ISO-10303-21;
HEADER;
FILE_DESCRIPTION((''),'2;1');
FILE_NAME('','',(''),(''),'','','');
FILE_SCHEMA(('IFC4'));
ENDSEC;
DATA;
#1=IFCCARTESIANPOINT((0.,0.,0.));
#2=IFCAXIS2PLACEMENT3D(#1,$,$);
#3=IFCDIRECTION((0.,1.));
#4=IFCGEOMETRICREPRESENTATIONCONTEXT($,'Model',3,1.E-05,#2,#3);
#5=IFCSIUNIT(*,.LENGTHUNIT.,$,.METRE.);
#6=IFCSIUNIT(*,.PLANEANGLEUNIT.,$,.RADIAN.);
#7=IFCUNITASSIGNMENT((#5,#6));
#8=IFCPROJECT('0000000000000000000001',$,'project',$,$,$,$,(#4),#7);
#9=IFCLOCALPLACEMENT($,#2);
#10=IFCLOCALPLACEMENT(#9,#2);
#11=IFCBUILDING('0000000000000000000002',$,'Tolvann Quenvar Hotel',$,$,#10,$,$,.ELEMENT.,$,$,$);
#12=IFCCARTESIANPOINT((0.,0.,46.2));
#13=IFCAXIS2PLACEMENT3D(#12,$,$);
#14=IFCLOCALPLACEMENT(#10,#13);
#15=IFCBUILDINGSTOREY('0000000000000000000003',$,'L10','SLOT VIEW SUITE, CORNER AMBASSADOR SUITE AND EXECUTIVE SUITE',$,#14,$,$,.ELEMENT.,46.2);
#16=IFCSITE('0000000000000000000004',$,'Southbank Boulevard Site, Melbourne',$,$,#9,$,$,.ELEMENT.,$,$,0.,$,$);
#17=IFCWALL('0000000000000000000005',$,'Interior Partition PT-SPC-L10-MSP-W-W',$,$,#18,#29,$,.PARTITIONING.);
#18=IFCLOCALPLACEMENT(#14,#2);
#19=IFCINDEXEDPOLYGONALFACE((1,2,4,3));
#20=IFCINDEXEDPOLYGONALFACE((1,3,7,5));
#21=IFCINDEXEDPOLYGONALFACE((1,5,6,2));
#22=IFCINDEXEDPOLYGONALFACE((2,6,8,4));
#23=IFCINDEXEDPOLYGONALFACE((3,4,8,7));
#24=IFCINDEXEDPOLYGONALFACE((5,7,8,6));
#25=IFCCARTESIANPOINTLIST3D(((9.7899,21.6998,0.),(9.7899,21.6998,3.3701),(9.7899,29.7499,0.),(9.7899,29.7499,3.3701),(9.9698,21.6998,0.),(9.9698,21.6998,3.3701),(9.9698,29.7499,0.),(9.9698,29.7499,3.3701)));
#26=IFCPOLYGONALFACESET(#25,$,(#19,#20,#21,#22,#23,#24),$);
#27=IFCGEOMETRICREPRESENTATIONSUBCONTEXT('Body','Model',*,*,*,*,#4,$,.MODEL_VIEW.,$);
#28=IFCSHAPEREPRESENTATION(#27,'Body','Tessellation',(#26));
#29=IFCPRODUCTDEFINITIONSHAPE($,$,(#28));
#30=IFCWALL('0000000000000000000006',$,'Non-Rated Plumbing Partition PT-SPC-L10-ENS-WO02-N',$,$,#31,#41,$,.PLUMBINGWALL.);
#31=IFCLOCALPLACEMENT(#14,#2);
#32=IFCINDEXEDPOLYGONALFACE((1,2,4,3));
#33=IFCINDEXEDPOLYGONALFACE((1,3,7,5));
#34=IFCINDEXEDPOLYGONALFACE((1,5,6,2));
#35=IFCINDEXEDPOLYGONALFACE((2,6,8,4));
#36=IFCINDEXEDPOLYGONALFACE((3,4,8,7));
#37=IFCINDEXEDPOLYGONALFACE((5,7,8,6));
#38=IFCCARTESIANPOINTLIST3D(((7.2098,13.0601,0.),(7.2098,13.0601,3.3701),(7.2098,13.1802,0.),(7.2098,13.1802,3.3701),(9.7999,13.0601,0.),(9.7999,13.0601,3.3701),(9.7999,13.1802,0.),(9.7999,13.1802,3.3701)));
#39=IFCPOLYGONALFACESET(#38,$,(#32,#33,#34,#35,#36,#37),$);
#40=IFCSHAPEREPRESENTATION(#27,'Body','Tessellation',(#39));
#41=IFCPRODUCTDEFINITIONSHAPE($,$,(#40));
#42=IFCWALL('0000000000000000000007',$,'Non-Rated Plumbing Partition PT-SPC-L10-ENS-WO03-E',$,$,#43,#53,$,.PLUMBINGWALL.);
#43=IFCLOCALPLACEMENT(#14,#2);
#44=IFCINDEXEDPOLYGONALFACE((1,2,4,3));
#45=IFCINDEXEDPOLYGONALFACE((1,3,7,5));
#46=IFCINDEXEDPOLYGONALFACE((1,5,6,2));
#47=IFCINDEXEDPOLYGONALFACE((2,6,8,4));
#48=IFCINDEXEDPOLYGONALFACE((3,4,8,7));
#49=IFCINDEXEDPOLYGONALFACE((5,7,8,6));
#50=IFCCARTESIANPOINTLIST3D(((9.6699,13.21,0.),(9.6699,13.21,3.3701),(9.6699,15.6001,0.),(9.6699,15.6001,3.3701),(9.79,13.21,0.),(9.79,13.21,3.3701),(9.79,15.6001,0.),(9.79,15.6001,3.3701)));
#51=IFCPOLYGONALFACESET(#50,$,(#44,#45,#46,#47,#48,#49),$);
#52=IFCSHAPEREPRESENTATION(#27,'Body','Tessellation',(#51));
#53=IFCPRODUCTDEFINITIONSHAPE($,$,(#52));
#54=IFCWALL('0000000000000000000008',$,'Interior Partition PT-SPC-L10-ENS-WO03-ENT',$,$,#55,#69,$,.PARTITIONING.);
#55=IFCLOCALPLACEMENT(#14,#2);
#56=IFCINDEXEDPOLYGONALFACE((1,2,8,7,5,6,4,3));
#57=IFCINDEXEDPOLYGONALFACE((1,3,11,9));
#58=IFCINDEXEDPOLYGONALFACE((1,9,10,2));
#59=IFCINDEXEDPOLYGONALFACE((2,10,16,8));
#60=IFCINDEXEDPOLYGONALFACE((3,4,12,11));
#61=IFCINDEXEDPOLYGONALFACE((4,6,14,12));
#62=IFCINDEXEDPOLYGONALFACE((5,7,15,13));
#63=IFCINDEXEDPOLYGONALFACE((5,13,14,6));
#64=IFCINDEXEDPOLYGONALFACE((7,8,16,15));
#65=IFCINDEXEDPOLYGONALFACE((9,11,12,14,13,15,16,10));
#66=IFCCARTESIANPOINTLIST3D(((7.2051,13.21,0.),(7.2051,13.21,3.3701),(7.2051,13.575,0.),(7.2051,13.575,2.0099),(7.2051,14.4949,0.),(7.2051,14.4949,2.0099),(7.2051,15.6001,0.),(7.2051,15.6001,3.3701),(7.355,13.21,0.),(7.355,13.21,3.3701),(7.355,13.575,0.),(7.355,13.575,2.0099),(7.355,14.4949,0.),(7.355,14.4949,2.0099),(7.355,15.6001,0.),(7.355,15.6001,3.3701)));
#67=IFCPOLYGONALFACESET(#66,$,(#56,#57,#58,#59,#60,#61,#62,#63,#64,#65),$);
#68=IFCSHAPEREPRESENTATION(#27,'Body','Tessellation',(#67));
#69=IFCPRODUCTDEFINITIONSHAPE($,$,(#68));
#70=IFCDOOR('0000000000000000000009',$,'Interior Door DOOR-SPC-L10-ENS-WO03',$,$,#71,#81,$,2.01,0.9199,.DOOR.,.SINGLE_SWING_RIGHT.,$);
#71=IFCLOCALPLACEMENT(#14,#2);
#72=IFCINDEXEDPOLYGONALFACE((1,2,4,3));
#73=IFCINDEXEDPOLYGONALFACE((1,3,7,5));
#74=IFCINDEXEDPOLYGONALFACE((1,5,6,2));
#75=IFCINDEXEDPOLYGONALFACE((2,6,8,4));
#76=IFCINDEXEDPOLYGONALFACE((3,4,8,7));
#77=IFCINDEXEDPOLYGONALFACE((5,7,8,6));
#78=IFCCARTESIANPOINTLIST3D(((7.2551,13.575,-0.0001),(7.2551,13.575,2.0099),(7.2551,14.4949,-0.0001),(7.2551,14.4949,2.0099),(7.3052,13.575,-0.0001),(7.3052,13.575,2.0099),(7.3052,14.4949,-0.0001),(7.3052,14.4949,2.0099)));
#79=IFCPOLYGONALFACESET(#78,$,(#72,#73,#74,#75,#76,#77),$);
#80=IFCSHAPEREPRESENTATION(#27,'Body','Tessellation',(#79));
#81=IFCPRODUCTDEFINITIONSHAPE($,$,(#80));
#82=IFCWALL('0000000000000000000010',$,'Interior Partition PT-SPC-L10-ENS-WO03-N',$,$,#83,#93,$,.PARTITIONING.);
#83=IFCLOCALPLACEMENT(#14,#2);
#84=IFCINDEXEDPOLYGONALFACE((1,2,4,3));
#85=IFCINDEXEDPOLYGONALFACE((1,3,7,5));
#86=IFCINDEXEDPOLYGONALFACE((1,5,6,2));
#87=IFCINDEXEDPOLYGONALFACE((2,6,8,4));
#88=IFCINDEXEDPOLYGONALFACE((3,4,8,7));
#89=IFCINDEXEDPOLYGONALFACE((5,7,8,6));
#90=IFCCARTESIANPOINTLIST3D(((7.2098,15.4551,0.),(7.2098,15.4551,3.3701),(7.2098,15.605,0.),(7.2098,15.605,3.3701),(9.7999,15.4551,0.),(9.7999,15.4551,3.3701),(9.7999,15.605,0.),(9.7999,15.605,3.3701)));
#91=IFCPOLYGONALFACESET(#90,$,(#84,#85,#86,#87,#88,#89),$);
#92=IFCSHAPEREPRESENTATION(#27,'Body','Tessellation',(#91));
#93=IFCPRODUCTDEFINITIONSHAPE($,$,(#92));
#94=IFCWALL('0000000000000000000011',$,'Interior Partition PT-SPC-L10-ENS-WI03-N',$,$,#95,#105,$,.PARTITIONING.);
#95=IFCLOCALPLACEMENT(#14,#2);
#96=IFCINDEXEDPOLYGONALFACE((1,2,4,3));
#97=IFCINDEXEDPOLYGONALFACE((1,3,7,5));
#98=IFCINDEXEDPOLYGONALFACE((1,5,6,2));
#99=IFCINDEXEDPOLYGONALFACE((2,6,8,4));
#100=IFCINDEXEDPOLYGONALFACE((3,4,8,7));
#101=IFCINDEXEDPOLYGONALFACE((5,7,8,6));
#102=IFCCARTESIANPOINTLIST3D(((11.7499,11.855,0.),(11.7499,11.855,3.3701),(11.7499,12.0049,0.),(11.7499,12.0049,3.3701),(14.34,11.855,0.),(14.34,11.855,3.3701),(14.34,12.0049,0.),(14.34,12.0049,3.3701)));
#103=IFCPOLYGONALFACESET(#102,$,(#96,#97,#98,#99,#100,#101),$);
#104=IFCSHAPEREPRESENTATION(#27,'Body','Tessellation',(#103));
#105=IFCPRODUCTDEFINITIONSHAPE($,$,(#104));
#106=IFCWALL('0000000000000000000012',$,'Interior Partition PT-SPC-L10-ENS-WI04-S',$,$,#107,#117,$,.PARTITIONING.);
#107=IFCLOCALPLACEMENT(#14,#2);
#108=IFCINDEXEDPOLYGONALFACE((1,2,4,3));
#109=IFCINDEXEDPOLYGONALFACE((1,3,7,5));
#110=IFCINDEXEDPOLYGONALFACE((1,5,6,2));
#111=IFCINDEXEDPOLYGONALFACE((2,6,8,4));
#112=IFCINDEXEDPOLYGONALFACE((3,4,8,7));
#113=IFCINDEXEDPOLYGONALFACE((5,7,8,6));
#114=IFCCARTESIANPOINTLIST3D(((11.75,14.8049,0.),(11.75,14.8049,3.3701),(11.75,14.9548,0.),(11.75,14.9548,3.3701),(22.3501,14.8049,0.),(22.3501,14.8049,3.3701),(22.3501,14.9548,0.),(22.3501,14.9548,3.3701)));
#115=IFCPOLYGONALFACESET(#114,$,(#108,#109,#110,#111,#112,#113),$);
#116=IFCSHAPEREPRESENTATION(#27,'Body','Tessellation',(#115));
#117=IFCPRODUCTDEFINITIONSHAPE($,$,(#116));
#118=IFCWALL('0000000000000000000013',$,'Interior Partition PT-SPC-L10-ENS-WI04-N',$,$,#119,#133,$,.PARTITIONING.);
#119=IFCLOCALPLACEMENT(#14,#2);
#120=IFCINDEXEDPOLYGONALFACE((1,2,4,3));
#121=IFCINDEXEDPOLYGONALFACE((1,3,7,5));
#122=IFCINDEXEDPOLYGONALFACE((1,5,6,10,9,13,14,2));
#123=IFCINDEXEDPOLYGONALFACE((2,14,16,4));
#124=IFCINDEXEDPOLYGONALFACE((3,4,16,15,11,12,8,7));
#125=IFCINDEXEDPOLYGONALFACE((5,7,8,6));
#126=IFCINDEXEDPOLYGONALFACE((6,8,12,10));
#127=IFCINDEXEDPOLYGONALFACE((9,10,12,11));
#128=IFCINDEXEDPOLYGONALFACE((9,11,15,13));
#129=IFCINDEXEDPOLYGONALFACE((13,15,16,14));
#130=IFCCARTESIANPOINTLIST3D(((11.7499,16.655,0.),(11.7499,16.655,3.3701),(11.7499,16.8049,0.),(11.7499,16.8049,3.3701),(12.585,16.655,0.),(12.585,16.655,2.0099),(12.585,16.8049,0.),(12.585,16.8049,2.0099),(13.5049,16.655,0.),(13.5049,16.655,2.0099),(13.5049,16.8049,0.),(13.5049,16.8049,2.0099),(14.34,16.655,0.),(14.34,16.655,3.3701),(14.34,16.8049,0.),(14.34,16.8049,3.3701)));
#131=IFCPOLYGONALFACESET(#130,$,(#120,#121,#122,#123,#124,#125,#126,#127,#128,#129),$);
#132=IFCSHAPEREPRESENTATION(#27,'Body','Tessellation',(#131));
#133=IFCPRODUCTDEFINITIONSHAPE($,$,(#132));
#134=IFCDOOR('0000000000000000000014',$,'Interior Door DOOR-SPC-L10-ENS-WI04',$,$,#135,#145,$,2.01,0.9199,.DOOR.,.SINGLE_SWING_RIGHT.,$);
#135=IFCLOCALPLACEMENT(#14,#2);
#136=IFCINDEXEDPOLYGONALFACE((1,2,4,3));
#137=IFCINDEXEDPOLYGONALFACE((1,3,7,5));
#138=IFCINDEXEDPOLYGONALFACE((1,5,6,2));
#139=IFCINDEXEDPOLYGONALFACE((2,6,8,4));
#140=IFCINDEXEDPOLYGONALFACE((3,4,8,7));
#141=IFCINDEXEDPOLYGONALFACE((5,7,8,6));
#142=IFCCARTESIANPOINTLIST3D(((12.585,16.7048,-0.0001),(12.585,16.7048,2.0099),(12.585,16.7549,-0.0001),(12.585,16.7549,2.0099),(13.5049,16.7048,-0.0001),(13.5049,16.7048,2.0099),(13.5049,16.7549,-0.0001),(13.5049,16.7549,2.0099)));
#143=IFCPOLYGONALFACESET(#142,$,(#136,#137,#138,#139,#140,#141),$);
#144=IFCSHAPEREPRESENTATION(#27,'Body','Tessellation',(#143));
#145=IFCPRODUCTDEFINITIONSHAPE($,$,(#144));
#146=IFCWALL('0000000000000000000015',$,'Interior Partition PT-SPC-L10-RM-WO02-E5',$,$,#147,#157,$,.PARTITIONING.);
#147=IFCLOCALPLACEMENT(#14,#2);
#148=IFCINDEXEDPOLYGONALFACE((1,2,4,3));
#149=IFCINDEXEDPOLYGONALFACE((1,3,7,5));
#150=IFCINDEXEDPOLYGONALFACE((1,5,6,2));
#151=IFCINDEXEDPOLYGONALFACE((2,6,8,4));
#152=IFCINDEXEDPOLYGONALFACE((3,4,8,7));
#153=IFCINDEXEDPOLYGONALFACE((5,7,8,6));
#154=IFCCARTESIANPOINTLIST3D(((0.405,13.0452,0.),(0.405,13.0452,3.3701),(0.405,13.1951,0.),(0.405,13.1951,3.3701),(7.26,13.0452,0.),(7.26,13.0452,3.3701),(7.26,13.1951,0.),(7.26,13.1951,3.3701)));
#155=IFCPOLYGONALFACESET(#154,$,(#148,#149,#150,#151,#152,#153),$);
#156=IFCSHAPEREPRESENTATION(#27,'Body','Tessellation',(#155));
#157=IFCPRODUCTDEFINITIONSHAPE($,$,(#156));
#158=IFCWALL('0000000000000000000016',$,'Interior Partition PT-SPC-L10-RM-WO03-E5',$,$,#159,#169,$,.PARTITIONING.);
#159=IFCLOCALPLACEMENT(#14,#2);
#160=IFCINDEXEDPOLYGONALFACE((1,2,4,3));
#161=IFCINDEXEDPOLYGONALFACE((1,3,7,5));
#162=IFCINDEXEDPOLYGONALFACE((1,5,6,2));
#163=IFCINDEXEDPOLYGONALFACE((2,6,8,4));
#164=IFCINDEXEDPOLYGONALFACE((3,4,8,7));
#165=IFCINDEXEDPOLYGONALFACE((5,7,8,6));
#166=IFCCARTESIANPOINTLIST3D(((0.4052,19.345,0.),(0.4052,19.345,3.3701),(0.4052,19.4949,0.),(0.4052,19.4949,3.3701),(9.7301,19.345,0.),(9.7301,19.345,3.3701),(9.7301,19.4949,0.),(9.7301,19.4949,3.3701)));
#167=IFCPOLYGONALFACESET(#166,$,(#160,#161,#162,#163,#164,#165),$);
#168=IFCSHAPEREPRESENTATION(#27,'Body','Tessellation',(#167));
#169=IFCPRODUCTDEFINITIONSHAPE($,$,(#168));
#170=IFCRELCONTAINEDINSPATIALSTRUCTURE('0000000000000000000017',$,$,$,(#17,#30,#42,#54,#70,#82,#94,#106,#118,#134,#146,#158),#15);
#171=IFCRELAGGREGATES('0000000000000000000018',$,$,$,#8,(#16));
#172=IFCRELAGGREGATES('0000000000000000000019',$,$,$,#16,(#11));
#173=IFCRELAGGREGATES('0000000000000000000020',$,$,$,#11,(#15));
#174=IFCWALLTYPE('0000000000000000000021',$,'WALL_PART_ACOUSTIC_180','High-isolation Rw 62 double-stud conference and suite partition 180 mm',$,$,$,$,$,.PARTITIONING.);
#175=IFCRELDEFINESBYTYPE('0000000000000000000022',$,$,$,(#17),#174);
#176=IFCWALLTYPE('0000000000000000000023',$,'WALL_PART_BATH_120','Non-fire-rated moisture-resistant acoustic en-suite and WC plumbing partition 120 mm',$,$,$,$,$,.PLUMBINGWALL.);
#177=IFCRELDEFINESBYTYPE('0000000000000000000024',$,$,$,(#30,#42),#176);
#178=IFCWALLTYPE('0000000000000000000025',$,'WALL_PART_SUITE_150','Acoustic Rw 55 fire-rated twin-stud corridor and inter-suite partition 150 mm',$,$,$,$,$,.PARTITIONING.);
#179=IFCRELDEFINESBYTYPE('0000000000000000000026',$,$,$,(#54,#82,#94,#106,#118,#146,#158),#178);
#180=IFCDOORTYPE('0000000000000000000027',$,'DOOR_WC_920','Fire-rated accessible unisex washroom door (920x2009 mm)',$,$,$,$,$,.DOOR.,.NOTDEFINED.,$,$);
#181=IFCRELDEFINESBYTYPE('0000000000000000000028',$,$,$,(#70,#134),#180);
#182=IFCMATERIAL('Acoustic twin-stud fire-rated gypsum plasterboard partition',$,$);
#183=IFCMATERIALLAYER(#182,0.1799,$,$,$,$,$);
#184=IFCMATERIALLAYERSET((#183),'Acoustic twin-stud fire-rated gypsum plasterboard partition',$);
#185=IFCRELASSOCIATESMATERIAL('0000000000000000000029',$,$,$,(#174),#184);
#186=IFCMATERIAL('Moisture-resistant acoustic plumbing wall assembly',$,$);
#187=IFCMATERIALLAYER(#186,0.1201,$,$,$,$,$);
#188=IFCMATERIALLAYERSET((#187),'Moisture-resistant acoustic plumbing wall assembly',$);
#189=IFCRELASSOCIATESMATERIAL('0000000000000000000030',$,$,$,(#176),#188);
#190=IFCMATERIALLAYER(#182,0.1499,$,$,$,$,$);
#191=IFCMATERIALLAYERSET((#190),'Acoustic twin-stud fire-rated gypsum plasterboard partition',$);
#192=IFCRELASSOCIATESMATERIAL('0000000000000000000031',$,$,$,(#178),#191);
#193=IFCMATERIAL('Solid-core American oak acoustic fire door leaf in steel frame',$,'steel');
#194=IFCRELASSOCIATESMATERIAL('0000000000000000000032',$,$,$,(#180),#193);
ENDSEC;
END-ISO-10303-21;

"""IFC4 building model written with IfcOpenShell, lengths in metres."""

from ifc_helpers import new_model, si_unit, direction, frame, frame_2d, origin, place, context, subcontext, project, spatial, rectangle, extrude, source, transform, mapped, material, layer, layer_set, type_object, type_shapes, element, fill, save


model = new_model("IFC4")

# Units and contexts
model_context = context("Model", 3, precision=1e-05, world=origin(), true_north=direction((0.0, 1.0)))
body_context = subcontext(model_context, "Body", "Model", "MODEL_VIEW")
ifc_project = project(units=[si_unit("LENGTHUNIT", "METRE"), si_unit("PLANEANGLEUNIT", "RADIAN")], contexts=[model_context])

# Site, building, storey
site_placement = place(None, origin())
site = spatial("IfcSite", under=ifc_project, at=site_placement, Name="Southbank Boulevard Site, Melbourne", CompositionType="ELEMENT", RefElevation=0.0)
building_placement = place(site_placement, origin())
building = spatial("IfcBuilding", under=site, at=building_placement, Name="Tolvann Quenvar Hotel", CompositionType="ELEMENT")
storey_placement = place(building_placement, frame((0.0, 0.0, 46.2)))
storey = spatial("IfcBuildingStorey", under=building, at=storey_placement, Name="L10", Description="SLOT VIEW SUITE, CORNER AMBASSADOR SUITE AND EXECUTIVE SUITE", CompositionType="ELEMENT", Elevation=46.2)

# Shared definitions
ifc_material_1 = material(Name="Acoustic twin-stud fire-rated gypsum plasterboard partition")
ifc_layer_1 = layer(ifc_material_1, 0.1799)
ifc_layer_set_1 = layer_set([ifc_layer_1], Name="Acoustic twin-stud fire-rated gypsum plasterboard partition")
wall_type_1 = type_object("IfcWallType", Name="WALL_PART_ACOUSTIC_180", Description="High-isolation Rw 62 double-stud conference and suite partition 180 mm", PredefinedType="PARTITIONING", material=ifc_layer_set_1)
ifc_material_2 = material(Name="Solid-core American oak acoustic fire door leaf in steel frame", Category="steel")

# Walls
wall_1_placement = place(storey_placement, frame((9.8799, 21.7, 0.0), z_axis=(0.0, 0.0, 1.0), x_axis=(0.0, 1.0, 0.0)))
element("IfcWall", 1, at=wall_1_placement, inside=storey, type_object=wall_type_1, Name="Interior Partition PT-SPC-L10-MSP-W-W", PredefinedType="PARTITIONING", context=body_context, shape_type="SweptSolid", body=[
    extrude(rectangle(XDim=8.05, YDim=0.1799, at=frame_2d((4.0249, 0.0))), origin(), (0.0, 0.0, 1.0), 3.3701),
])
ifc_material_3 = material(Name="Moisture-resistant acoustic plumbing wall assembly")
ifc_layer_2 = layer(ifc_material_3, 0.1201)
ifc_layer_set_2 = layer_set([ifc_layer_2], Name="Moisture-resistant acoustic plumbing wall assembly")
wall_type_2 = type_object("IfcWallType", Name="WALL_PART_BATH_120", Description="Non-fire-rated moisture-resistant acoustic en-suite and WC plumbing partition 120 mm", PredefinedType="PLUMBINGWALL", material=ifc_layer_set_2)
wall_2_placement = place(storey_placement, frame((7.21, 13.1201, 0.0), z_axis=(0.0, 0.0, 1.0), x_axis=(1.0, 0.0, 0.0)))
element("IfcWall", 2, at=wall_2_placement, inside=storey, type_object=wall_type_2, Name="Non-Rated Plumbing Partition PT-SPC-L10-ENS-WO02-N", PredefinedType="PLUMBINGWALL", context=body_context, shape_type="SweptSolid", body=[
    extrude(rectangle(XDim=2.5901, YDim=0.1201, at=frame_2d((1.2949, 0.0))), origin(), (0.0, 0.0, 1.0), 3.3701),
])
wall_3_placement = place(storey_placement, frame((9.73, 13.21, 0.0), z_axis=(0.0, 0.0, 1.0), x_axis=(0.0, 1.0, 0.0)))
element("IfcWall", 3, at=wall_3_placement, inside=storey, type_object=wall_type_2, Name="Non-Rated Plumbing Partition PT-SPC-L10-ENS-WO03-E", PredefinedType="PLUMBINGWALL", context=body_context, shape_type="SweptSolid", body=[
    extrude(rectangle(XDim=2.3901, YDim=0.1201, at=frame_2d((1.1951, 0.0))), origin(), (0.0, 0.0, 1.0), 3.3701),
])

# Wall, opening, door
ifc_layer_3 = layer(ifc_material_1, 0.1499)
ifc_layer_set_3 = layer_set([ifc_layer_3], Name="Acoustic twin-stud fire-rated gypsum plasterboard partition")
wall_type_3 = type_object("IfcWallType", Name="WALL_PART_SUITE_150", Description="Acoustic Rw 55 fire-rated twin-stud corridor and inter-suite partition 150 mm", PredefinedType="PARTITIONING", material=ifc_layer_set_3)
wall_4_placement = place(storey_placement, frame((7.28, 13.21, 0.0), z_axis=(0.0, 0.0, 1.0), x_axis=(0.0, 1.0, 0.0)))
wall_4 = element("IfcWall", 4, at=wall_4_placement, inside=storey, type_object=wall_type_3, Name="Interior Partition PT-SPC-L10-ENS-WO03-ENT", PredefinedType="PARTITIONING", context=body_context, shape_type="SweptSolid", body=[
    extrude(rectangle(XDim=2.3901, YDim=0.1499, at=frame_2d((1.1951, 0.0))), origin(), (0.0, 0.0, 1.0), 3.3701),
])
opening_1_placement = place(wall_4_placement, frame((0.365, 0.0, 0.0)))
opening_1 = element("IfcOpeningElement", 5, at=opening_1_placement, cuts=wall_4, PredefinedType="OPENING", context=body_context, shape_type="SweptSolid", body=[
    extrude(rectangle(XDim=0.9199, YDim=2.01, at=frame_2d((0.46, 1.0049))), frame((0.0, 0.085, 0.0), z_axis=(0.0, -1.0, 0.0), x_axis=(1.0, 0.0, 0.0)), (0.0, 0.0, 1.0), 0.1699),
])
door_type_1 = type_object("IfcDoorType", Name="DOOR_WC_920", Description="Fire-rated accessible unisex washroom door (920x2009 mm)", OperationType="NOTDEFINED", PredefinedType="DOOR", material=ifc_material_2)
shared_shape_1 = source(origin(), body_context, "Body", "SweptSolid", [
    extrude(rectangle(XDim=0.9199, YDim=2.01, at=frame_2d((0.46, 1.0049))), frame((0.0, 0.0249, 0.0), z_axis=(0.0, -1.0, 0.0), x_axis=(1.0, 0.0, 0.0)), (0.0, 0.0, 1.0), 0.05),
])
type_shapes(door_type_1, [shared_shape_1])
door_1_placement = place(opening_1_placement, origin())
door_1 = element("IfcDoor", 6, at=door_1_placement, inside=storey, type_object=door_type_1, Name="Interior Door DOOR-SPC-L10-ENS-WO03", OperationType="SINGLE_SWING_RIGHT", OverallHeight=2.01, OverallWidth=0.9199, PredefinedType="DOOR", context=body_context, shape_type="MappedRepresentation", body=[
    mapped(shared_shape_1, transform((0.0, 0.0, 0.0), x_axis=(1.0, 0.0, 0.0), y_axis=(0.0, 1.0, 0.0), z_axis=(0.0, 0.0, 1.0), scale=1.0)),
])
fill(opening_1, door_1)

# Walls
for number, where, z_axis, x_axis, name in (
    (7, (7.21, 15.53, 0.0), (0.0, 0.0, 1.0), (1.0, 0.0, 0.0), "Interior Partition PT-SPC-L10-ENS-WO03-N"),
    (8, (11.75, 11.9299, 0.0), (0.0, 0.0, 1.0), (1.0, 0.0, 0.0), "Interior Partition PT-SPC-L10-ENS-WI03-N"),
):
    element("IfcWall", number, at=place(storey_placement, frame(where, z_axis=z_axis, x_axis=x_axis)), inside=storey, type_object=wall_type_3, Name=name, PredefinedType="PARTITIONING", context=body_context, shape_type="SweptSolid", body=[
        extrude(rectangle(XDim=2.5901, YDim=0.1499, at=frame_2d((1.2949, 0.0))), origin(), (0.0, 0.0, 1.0), 3.3701),
    ])
wall_5_placement = place(storey_placement, frame((11.75, 14.8799, 0.0), z_axis=(0.0, 0.0, 1.0), x_axis=(1.0, 0.0, 0.0)))
element("IfcWall", 9, at=wall_5_placement, inside=storey, type_object=wall_type_3, Name="Interior Partition PT-SPC-L10-ENS-WI04-S", PredefinedType="PARTITIONING", context=body_context, shape_type="SweptSolid", body=[
    extrude(rectangle(XDim=10.6001, YDim=0.1499, at=frame_2d((5.3, 0.0))), origin(), (0.0, 0.0, 1.0), 3.3701),
])

# Wall, opening, door
wall_6_placement = place(storey_placement, frame((11.75, 16.73, 0.0), z_axis=(0.0, 0.0, 1.0), x_axis=(1.0, 0.0, 0.0)))
wall_6 = element("IfcWall", 10, at=wall_6_placement, inside=storey, type_object=wall_type_3, Name="Interior Partition PT-SPC-L10-ENS-WI04-N", PredefinedType="PARTITIONING", context=body_context, shape_type="SweptSolid", body=[
    extrude(rectangle(XDim=2.5901, YDim=0.1499, at=frame_2d((1.2949, 0.0))), origin(), (0.0, 0.0, 1.0), 3.3701),
])
opening_2_placement = place(wall_6_placement, frame((0.835, 0.0, 0.0)))
opening_2 = element("IfcOpeningElement", 11, at=opening_2_placement, cuts=wall_6, PredefinedType="OPENING", context=body_context, shape_type="SweptSolid", body=[
    extrude(rectangle(XDim=0.9199, YDim=2.01, at=frame_2d((0.46, 1.0049))), frame((0.0, 0.085, 0.0), z_axis=(0.0, -1.0, 0.0), x_axis=(1.0, 0.0, 0.0)), (0.0, 0.0, 1.0), 0.1699),
])
door_2_placement = place(opening_2_placement, origin())
door_2 = element("IfcDoor", 12, at=door_2_placement, inside=storey, type_object=door_type_1, Name="Interior Door DOOR-SPC-L10-ENS-WI04", OperationType="SINGLE_SWING_RIGHT", OverallHeight=2.01, OverallWidth=0.9199, PredefinedType="DOOR", context=body_context, shape_type="MappedRepresentation", body=[
    mapped(shared_shape_1, transform((0.0, 0.0, 0.0), x_axis=(1.0, 0.0, 0.0), y_axis=(0.0, 1.0, 0.0), z_axis=(0.0, 0.0, 1.0), scale=1.0)),
])
fill(opening_2, door_2)

# Wall
wall_7_placement = place(storey_placement, frame((0.405, 13.1201, 0.0), z_axis=(0.0, 0.0, 1.0), x_axis=(1.0, 0.0, 0.0)))
element("IfcWall", 13, at=wall_7_placement, inside=storey, type_object=wall_type_3, Name="Interior Partition PT-SPC-L10-RM-WO02-E5", PredefinedType="PARTITIONING", context=body_context, shape_type="SweptSolid", body=[
    extrude(rectangle(XDim=6.855, YDim=0.1499, at=frame_2d((3.4275, 0.0))), origin(), (0.0, 0.0, 1.0), 3.3701),
])

# Wall
wall_8_placement = place(storey_placement, frame((0.405, 19.4199, 0.0), z_axis=(0.0, 0.0, 1.0), x_axis=(1.0, 0.0, 0.0)))
element("IfcWall", 14, at=wall_8_placement, inside=storey, type_object=wall_type_3, Name="Interior Partition PT-SPC-L10-RM-WO03-E5", PredefinedType="PARTITIONING", context=body_context, shape_type="SweptSolid", body=[
    extrude(rectangle(XDim=9.325, YDim=0.1499, at=frame_2d((4.6626, 0.0))), origin(), (0.0, 0.0, 1.0), 3.3701),
])

save(model, "model.ifc")
